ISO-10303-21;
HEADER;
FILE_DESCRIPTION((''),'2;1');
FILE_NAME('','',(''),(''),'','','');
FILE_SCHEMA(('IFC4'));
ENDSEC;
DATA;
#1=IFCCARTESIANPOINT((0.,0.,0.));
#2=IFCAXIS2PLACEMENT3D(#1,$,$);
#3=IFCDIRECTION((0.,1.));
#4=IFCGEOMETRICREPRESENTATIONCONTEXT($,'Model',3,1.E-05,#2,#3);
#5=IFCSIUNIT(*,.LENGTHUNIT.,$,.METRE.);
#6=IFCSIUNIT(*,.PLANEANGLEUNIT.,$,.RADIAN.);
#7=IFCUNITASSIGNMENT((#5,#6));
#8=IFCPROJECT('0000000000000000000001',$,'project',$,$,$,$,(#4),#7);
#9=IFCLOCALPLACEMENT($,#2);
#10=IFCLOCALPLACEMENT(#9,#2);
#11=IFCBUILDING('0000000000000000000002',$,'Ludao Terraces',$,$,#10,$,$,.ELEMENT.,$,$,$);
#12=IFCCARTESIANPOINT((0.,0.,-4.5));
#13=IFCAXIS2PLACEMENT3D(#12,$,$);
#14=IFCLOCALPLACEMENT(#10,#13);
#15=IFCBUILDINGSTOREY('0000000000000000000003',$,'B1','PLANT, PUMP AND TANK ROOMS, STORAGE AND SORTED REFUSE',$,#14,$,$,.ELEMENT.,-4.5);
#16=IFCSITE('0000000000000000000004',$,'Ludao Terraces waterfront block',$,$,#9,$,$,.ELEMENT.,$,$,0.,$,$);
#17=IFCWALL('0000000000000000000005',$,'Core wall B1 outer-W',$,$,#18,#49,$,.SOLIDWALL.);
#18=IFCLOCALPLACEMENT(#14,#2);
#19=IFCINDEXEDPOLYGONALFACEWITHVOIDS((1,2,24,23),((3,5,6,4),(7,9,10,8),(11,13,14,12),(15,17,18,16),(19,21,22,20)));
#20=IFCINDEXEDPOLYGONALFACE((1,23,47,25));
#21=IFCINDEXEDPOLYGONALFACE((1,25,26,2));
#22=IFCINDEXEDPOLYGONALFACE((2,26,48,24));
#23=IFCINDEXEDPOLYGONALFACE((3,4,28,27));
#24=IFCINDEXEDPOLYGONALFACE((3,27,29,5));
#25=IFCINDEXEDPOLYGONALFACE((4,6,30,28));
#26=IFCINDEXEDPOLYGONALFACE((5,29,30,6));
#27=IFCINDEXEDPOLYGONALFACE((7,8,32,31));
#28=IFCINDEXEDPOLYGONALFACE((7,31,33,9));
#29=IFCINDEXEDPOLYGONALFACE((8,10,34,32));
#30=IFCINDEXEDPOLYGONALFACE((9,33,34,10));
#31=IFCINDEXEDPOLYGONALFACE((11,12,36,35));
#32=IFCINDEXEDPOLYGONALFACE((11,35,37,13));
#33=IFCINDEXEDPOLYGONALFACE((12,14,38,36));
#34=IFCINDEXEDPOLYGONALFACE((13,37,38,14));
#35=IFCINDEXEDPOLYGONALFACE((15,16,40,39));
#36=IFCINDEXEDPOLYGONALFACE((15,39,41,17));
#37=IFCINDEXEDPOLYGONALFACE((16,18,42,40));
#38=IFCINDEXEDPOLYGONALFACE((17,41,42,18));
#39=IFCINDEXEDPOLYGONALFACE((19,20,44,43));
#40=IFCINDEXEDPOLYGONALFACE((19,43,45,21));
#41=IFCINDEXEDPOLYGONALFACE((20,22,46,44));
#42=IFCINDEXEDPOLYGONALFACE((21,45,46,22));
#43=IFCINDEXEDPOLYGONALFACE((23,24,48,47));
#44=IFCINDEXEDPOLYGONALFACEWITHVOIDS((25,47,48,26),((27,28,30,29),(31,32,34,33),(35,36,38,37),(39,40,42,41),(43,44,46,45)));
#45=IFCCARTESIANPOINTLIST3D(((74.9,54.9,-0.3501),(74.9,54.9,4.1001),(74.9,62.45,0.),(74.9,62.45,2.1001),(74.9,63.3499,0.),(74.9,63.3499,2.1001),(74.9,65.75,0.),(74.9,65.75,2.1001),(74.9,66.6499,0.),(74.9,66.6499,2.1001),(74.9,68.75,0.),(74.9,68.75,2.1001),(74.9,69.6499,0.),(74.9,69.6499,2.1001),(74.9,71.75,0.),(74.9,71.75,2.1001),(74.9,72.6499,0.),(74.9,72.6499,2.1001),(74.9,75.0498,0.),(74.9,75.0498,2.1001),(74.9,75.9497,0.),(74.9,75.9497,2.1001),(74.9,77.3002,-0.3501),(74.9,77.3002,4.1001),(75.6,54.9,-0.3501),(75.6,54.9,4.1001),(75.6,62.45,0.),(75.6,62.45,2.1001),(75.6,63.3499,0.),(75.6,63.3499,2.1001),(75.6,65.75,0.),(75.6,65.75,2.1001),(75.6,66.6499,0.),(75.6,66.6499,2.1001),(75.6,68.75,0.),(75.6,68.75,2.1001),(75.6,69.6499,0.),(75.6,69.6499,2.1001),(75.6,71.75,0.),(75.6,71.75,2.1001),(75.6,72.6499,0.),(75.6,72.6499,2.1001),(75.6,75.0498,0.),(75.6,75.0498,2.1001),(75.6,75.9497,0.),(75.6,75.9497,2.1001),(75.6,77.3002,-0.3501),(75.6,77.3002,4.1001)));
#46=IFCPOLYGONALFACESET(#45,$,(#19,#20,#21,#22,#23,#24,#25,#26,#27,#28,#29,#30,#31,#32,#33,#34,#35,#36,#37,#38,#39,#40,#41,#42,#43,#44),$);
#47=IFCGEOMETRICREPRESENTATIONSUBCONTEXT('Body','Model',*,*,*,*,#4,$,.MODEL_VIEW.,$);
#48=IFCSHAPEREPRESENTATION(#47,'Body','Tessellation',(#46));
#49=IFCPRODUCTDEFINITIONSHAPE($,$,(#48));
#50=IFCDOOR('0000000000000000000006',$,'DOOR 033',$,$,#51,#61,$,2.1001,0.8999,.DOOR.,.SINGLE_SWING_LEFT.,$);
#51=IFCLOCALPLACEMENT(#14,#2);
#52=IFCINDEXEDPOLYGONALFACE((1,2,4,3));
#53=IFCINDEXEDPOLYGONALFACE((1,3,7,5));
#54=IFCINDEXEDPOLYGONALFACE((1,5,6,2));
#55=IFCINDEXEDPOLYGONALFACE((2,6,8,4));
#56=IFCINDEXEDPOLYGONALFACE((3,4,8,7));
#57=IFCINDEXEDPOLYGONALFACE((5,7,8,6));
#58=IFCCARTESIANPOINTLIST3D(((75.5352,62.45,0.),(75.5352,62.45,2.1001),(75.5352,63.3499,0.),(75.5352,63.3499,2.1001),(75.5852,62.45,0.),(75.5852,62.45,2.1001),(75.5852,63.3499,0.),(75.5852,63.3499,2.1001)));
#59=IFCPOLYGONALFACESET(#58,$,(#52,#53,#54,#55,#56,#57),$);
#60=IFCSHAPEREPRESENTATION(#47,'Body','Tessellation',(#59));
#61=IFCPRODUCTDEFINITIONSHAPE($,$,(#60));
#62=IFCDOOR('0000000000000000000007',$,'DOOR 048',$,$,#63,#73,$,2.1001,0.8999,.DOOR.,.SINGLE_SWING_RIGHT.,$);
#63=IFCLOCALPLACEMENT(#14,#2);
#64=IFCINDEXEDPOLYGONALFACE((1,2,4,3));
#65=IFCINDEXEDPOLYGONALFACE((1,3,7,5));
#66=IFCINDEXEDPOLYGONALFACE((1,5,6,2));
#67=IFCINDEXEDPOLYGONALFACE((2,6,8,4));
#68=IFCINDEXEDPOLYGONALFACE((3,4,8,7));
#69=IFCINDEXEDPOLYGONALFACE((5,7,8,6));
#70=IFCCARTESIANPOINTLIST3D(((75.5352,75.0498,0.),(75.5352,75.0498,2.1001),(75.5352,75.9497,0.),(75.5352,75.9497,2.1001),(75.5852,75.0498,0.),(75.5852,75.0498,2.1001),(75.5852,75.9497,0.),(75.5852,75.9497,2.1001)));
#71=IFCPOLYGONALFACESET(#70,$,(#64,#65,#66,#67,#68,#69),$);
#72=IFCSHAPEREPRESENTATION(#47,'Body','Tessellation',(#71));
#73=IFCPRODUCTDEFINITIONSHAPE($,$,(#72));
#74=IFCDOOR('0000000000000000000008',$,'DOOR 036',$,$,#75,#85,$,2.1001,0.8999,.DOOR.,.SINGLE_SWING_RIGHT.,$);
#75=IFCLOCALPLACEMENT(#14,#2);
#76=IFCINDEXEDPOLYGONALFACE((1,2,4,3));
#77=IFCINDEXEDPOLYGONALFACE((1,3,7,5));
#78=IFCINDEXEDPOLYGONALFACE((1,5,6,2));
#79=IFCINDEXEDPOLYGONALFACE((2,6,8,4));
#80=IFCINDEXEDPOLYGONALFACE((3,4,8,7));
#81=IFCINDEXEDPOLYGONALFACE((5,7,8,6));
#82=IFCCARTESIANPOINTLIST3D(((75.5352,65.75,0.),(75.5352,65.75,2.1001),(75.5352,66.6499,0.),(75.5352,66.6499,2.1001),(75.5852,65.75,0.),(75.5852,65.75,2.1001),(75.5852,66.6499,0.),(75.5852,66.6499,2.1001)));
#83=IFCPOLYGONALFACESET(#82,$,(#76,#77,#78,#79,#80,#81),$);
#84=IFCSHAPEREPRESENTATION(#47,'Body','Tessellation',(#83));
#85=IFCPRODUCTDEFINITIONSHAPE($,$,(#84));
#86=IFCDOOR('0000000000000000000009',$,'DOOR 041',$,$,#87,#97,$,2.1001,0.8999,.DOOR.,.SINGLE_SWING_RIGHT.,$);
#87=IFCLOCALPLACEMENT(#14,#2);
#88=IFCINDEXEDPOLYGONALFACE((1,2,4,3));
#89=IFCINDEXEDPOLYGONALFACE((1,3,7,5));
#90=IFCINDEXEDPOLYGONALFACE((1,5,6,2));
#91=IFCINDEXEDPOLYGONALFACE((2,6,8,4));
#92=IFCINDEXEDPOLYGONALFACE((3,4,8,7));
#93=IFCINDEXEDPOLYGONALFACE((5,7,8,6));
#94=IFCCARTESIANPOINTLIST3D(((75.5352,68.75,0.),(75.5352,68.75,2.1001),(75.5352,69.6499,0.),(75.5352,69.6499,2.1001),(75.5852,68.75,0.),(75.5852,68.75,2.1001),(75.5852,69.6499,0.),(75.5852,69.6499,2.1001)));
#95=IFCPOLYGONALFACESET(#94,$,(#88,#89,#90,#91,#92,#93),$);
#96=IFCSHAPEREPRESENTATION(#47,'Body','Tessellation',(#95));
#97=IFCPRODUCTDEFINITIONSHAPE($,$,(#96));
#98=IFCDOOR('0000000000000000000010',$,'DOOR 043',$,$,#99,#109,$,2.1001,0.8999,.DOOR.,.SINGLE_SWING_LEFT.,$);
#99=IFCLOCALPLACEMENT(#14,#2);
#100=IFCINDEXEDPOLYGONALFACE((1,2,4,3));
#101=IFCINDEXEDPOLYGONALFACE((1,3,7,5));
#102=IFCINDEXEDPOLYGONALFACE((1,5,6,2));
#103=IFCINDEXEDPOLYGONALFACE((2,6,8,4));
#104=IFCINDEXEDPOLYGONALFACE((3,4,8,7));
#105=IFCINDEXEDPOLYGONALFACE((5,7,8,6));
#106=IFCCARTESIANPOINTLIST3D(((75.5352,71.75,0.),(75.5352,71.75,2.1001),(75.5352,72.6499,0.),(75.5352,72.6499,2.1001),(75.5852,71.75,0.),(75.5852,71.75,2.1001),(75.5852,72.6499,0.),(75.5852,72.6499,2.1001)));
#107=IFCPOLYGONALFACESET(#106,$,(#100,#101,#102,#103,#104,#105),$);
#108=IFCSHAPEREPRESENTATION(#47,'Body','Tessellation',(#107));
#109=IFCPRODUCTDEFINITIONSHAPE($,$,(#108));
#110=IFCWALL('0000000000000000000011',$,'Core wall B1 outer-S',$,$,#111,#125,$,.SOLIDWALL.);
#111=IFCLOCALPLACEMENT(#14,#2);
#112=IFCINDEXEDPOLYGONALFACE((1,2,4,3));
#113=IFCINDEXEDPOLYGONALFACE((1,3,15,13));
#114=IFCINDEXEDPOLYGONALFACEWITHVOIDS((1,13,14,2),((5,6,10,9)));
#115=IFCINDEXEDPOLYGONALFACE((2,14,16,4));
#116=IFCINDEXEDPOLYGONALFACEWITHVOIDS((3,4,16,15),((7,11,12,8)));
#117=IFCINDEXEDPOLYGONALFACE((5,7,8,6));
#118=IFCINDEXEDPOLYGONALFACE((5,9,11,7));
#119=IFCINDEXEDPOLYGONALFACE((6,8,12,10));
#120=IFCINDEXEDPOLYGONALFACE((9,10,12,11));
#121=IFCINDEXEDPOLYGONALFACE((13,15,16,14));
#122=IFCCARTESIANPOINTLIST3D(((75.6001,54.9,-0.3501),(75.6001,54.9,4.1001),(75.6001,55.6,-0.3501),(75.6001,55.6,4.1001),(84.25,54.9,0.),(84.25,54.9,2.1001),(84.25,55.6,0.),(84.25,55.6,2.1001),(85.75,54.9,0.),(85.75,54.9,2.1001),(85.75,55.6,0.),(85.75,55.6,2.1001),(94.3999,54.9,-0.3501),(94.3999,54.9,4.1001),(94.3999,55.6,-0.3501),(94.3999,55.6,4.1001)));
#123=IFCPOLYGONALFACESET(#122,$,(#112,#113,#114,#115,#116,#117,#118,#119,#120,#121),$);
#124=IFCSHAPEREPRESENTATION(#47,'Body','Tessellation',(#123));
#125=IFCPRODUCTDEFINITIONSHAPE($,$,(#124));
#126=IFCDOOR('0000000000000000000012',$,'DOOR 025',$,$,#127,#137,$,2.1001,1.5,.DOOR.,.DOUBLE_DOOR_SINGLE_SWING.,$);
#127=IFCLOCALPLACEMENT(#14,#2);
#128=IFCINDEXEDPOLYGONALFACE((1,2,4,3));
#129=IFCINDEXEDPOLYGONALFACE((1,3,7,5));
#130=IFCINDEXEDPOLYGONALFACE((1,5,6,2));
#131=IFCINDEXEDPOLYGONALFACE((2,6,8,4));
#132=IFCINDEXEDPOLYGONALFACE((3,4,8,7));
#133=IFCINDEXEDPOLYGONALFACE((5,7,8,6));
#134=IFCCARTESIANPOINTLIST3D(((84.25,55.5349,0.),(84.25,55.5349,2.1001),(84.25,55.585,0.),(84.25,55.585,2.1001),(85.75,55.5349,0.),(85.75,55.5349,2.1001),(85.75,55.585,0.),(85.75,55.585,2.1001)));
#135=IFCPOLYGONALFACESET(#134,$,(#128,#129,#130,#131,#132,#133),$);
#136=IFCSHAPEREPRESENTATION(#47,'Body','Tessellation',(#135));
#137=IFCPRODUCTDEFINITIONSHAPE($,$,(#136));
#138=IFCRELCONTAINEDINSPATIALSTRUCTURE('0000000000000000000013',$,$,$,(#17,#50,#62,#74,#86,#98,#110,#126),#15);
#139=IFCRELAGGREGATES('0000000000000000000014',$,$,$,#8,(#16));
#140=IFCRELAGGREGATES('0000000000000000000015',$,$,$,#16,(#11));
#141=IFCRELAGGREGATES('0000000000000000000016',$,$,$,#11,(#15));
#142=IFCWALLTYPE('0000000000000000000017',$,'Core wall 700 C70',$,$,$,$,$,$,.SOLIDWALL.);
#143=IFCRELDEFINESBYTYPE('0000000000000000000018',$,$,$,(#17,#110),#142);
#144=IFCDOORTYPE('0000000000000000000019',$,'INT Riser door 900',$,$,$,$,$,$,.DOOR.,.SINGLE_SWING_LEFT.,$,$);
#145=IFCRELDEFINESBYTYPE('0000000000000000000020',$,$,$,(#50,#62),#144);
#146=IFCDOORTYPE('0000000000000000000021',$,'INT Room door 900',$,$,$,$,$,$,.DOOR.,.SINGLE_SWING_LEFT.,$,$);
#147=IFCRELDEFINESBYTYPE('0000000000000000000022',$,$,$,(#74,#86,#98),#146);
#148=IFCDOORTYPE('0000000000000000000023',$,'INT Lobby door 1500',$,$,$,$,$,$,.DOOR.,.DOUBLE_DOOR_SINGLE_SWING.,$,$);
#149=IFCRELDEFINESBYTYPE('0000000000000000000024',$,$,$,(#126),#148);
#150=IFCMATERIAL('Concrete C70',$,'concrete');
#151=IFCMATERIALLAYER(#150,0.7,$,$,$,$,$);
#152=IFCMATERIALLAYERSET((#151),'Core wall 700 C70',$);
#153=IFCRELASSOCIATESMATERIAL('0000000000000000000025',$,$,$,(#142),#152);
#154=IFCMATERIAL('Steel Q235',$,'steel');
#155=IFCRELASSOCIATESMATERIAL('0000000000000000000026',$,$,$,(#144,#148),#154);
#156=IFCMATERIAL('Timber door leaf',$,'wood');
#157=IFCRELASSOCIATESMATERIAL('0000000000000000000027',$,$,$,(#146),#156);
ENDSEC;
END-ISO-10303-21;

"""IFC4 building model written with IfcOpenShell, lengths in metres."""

from ifc_helpers import new_model, si_unit, direction, frame, frame_2d, origin, place, context, subcontext, project, spatial, rectangle, extrude, material, layer, layer_set, type_object, element, fill, save


model = new_model("IFC4")

# Units and contexts
model_context = context("Model", 3, precision=1e-05, world=origin(), true_north=direction((0.0, 1.0)))
body_context = subcontext(model_context, "Body", "Model", "MODEL_VIEW")
ifc_project = project(units=[si_unit("LENGTHUNIT", "METRE"), si_unit("PLANEANGLEUNIT", "RADIAN")], contexts=[model_context])

# Site, building, storey
site_placement = place(None, origin())
site = spatial("IfcSite", under=ifc_project, at=site_placement, Name="Ludao Terraces waterfront block", CompositionType="ELEMENT", RefElevation=0.0)
building_placement = place(site_placement, origin())
building = spatial("IfcBuilding", under=site, at=building_placement, Name="Ludao Terraces", CompositionType="ELEMENT")
storey_placement = place(building_placement, frame((0.0, 0.0, -4.5)))
storey = spatial("IfcBuildingStorey", under=building, at=storey_placement, Name="B1", Description="PLANT, PUMP AND TANK ROOMS, STORAGE AND SORTED REFUSE", CompositionType="ELEMENT", Elevation=-4.5)

# Wall, openings, doors
ifc_material_1 = material(Name="Concrete C70", Category="concrete")
ifc_layer_1 = layer(ifc_material_1, 0.7)
ifc_layer_set_1 = layer_set([ifc_layer_1], Name="Core wall 700 C70")
wall_type_1 = type_object("IfcWallType", Name="Core wall 700 C70", PredefinedType="SOLIDWALL", material=ifc_layer_set_1)
wall_1_placement = place(storey_placement, frame((75.25, 54.8999, -0.3501), z_axis=(0.0, 0.0, 1.0), x_axis=(0.0, 1.0, 0.0)))
wall_1 = element("IfcWall", 1, at=wall_1_placement, inside=storey, type_object=wall_type_1, Name="Core wall B1 outer-W", PredefinedType="SOLIDWALL", context=body_context, shape_type="SweptSolid", body=[
    extrude(rectangle(XDim=22.4001, YDim=0.7, at=frame_2d((11.2002, 0.0))), origin(), (0.0, 0.0, 1.0), 4.4502),
])
opening_1_placement = place(wall_1_placement, frame((7.55, 0.0, 0.3501)))
opening_1 = element("IfcOpeningElement", 2, at=opening_1_placement, cuts=wall_1, PredefinedType="OPENING", context=body_context, shape_type="SweptSolid", body=[
    extrude(rectangle(XDim=0.8999, YDim=2.1001, at=frame_2d((0.45, 1.05))), frame((0.0, 0.3599, 0.0), z_axis=(0.0, -1.0, 0.0), x_axis=(1.0, 0.0, 0.0)), (0.0, 0.0, 1.0), 0.72),
])
opening_2_placement = place(wall_1_placement, frame((10.8501, 0.0, 0.3501)))
opening_2 = element("IfcOpeningElement", 3, at=opening_2_placement, cuts=wall_1, PredefinedType="OPENING", context=body_context, shape_type="SweptSolid", body=[
    extrude(rectangle(XDim=0.8999, YDim=2.1001, at=frame_2d((0.45, 1.05))), frame((0.0, 0.3599, 0.0), z_axis=(0.0, -1.0, 0.0), x_axis=(1.0, 0.0, 0.0)), (0.0, 0.0, 1.0), 0.72),
])
opening_3_placement = place(wall_1_placement, frame((13.8501, 0.0, 0.3501)))
opening_3 = element("IfcOpeningElement", 4, at=opening_3_placement, cuts=wall_1, PredefinedType="OPENING", context=body_context, shape_type="SweptSolid", body=[
    extrude(rectangle(XDim=0.8999, YDim=2.1001, at=frame_2d((0.45, 1.05))), frame((0.0, 0.3599, 0.0), z_axis=(0.0, -1.0, 0.0), x_axis=(1.0, 0.0, 0.0)), (0.0, 0.0, 1.0), 0.72),
])
opening_4_placement = place(wall_1_placement, frame((16.8501, 0.0, 0.3501)))
opening_4 = element("IfcOpeningElement", 5, at=opening_4_placement, cuts=wall_1, PredefinedType="OPENING", context=body_context, shape_type="SweptSolid", body=[
    extrude(rectangle(XDim=0.8999, YDim=2.1001, at=frame_2d((0.45, 1.05))), frame((0.0, 0.3599, 0.0), z_axis=(0.0, -1.0, 0.0), x_axis=(1.0, 0.0, 0.0)), (0.0, 0.0, 1.0), 0.72),
])
opening_5_placement = place(wall_1_placement, frame((20.1499, 0.0, 0.3501)))
opening_5 = element("IfcOpeningElement", 6, at=opening_5_placement, cuts=wall_1, PredefinedType="OPENING", context=body_context, shape_type="SweptSolid", body=[
    extrude(rectangle(XDim=0.8999, YDim=2.1001, at=frame_2d((0.45, 1.05))), frame((0.0, 0.3599, 0.0), z_axis=(0.0, -1.0, 0.0), x_axis=(1.0, 0.0, 0.0)), (0.0, 0.0, 1.0), 0.72),
])
ifc_material_2 = material(Name="Steel Q235", Category="steel")
door_type_1 = type_object("IfcDoorType", Name="INT Riser door 900", OperationType="SINGLE_SWING_LEFT", PredefinedType="DOOR", material=ifc_material_2)
door_1_placement = place(opening_1_placement, origin())
door_1 = element("IfcDoor", 7, at=door_1_placement, inside=storey, type_object=door_type_1, Name="DOOR 033", OperationType="SINGLE_SWING_LEFT", OverallHeight=2.1001, OverallWidth=0.8999, PredefinedType="DOOR", context=body_context, shape_type="SweptSolid", body=[
    extrude(rectangle(XDim=0.8999, YDim=2.1001, at=frame_2d((0.45, 1.05))), frame((0.0, -0.2852, 0.0), z_axis=(0.0, -1.0, 0.0), x_axis=(1.0, 0.0, 0.0)), (0.0, 0.0, 1.0), 0.05),
])
fill(opening_1, door_1)
door_2_placement = place(opening_5_placement, origin())
door_2 = element("IfcDoor", 8, at=door_2_placement, inside=storey, type_object=door_type_1, Name="DOOR 048", OperationType="SINGLE_SWING_RIGHT", OverallHeight=2.1001, OverallWidth=0.8999, PredefinedType="DOOR", context=body_context, shape_type="SweptSolid", body=[
    extrude(rectangle(XDim=0.8999, YDim=2.1001, at=frame_2d((0.45, 1.05))), frame((0.0, -0.2852, 0.0), z_axis=(0.0, -1.0, 0.0), x_axis=(1.0, 0.0, 0.0)), (0.0, 0.0, 1.0), 0.05),
])
fill(opening_5, door_2)
ifc_material_3 = material(Name="Timber door leaf", Category="wood")
door_type_2 = type_object("IfcDoorType", Name="INT Room door 900", OperationType="SINGLE_SWING_LEFT", PredefinedType="DOOR", material=ifc_material_3)
door_3_placement = place(opening_2_placement, origin())
door_3 = element("IfcDoor", 9, at=door_3_placement, inside=storey, type_object=door_type_2, Name="DOOR 036", OperationType="SINGLE_SWING_RIGHT", OverallHeight=2.1001, OverallWidth=0.8999, PredefinedType="DOOR", context=body_context, shape_type="SweptSolid", body=[
    extrude(rectangle(XDim=0.8999, YDim=2.1001, at=frame_2d((0.45, 1.05))), frame((0.0, -0.2852, 0.0), z_axis=(0.0, -1.0, 0.0), x_axis=(1.0, 0.0, 0.0)), (0.0, 0.0, 1.0), 0.05),
])
fill(opening_2, door_3)
door_4_placement = place(opening_3_placement, origin())
door_4 = element("IfcDoor", 10, at=door_4_placement, inside=storey, type_object=door_type_2, Name="DOOR 041", OperationType="SINGLE_SWING_RIGHT", OverallHeight=2.1001, OverallWidth=0.8999, PredefinedType="DOOR", context=body_context, shape_type="SweptSolid", body=[
    extrude(rectangle(XDim=0.8999, YDim=2.1001, at=frame_2d((0.45, 1.05))), frame((0.0, -0.2852, 0.0), z_axis=(0.0, -1.0, 0.0), x_axis=(1.0, 0.0, 0.0)), (0.0, 0.0, 1.0), 0.05),
])
fill(opening_3, door_4)
door_5_placement = place(opening_4_placement, origin())
door_5 = element("IfcDoor", 11, at=door_5_placement, inside=storey, type_object=door_type_2, Name="DOOR 043", OperationType="SINGLE_SWING_LEFT", OverallHeight=2.1001, OverallWidth=0.8999, PredefinedType="DOOR", context=body_context, shape_type="SweptSolid", body=[
    extrude(rectangle(XDim=0.8999, YDim=2.1001, at=frame_2d((0.45, 1.05))), frame((0.0, -0.2852, 0.0), z_axis=(0.0, -1.0, 0.0), x_axis=(1.0, 0.0, 0.0)), (0.0, 0.0, 1.0), 0.05),
])
fill(opening_4, door_5)

# Wall, opening, door
wall_2_placement = place(storey_placement, frame((75.6001, 55.25, -0.3501), z_axis=(0.0, 0.0, 1.0), x_axis=(1.0, 0.0, 0.0)))
wall_2 = element("IfcWall", 12, at=wall_2_placement, inside=storey, type_object=wall_type_1, Name="Core wall B1 outer-S", PredefinedType="SOLIDWALL", context=body_context, shape_type="SweptSolid", body=[
    extrude(rectangle(XDim=18.7998, YDim=0.7, at=frame_2d((9.3999, 0.0))), origin(), (0.0, 0.0, 1.0), 4.4502),
])
opening_6_placement = place(wall_2_placement, frame((8.6499, 0.0, 0.3501)))
opening_6 = element("IfcOpeningElement", 13, at=opening_6_placement, cuts=wall_2, PredefinedType="OPENING", context=body_context, shape_type="SweptSolid", body=[
    extrude(rectangle(XDim=1.5, YDim=2.1001, at=frame_2d((0.75, 1.05))), frame((0.0, 0.3599, 0.0), z_axis=(0.0, -1.0, 0.0), x_axis=(1.0, 0.0, 0.0)), (0.0, 0.0, 1.0), 0.72),
])
door_type_3 = type_object("IfcDoorType", Name="INT Lobby door 1500", OperationType="DOUBLE_DOOR_SINGLE_SWING", PredefinedType="DOOR", material=ifc_material_2)
door_6_placement = place(opening_6_placement, origin())
door_6 = element("IfcDoor", 14, at=door_6_placement, inside=storey, type_object=door_type_3, Name="DOOR 025", OperationType="DOUBLE_DOOR_SINGLE_SWING", OverallHeight=2.1001, OverallWidth=1.5, PredefinedType="DOOR", context=body_context, shape_type="SweptSolid", body=[
    extrude(rectangle(XDim=1.5, YDim=2.1001, at=frame_2d((0.75, 1.05))), frame((0.0, 0.335, 0.0), z_axis=(0.0, -1.0, 0.0), x_axis=(1.0, 0.0, 0.0)), (0.0, 0.0, 1.0), 0.05),
])
fill(opening_6, door_6)

save(model, "model.ifc")
